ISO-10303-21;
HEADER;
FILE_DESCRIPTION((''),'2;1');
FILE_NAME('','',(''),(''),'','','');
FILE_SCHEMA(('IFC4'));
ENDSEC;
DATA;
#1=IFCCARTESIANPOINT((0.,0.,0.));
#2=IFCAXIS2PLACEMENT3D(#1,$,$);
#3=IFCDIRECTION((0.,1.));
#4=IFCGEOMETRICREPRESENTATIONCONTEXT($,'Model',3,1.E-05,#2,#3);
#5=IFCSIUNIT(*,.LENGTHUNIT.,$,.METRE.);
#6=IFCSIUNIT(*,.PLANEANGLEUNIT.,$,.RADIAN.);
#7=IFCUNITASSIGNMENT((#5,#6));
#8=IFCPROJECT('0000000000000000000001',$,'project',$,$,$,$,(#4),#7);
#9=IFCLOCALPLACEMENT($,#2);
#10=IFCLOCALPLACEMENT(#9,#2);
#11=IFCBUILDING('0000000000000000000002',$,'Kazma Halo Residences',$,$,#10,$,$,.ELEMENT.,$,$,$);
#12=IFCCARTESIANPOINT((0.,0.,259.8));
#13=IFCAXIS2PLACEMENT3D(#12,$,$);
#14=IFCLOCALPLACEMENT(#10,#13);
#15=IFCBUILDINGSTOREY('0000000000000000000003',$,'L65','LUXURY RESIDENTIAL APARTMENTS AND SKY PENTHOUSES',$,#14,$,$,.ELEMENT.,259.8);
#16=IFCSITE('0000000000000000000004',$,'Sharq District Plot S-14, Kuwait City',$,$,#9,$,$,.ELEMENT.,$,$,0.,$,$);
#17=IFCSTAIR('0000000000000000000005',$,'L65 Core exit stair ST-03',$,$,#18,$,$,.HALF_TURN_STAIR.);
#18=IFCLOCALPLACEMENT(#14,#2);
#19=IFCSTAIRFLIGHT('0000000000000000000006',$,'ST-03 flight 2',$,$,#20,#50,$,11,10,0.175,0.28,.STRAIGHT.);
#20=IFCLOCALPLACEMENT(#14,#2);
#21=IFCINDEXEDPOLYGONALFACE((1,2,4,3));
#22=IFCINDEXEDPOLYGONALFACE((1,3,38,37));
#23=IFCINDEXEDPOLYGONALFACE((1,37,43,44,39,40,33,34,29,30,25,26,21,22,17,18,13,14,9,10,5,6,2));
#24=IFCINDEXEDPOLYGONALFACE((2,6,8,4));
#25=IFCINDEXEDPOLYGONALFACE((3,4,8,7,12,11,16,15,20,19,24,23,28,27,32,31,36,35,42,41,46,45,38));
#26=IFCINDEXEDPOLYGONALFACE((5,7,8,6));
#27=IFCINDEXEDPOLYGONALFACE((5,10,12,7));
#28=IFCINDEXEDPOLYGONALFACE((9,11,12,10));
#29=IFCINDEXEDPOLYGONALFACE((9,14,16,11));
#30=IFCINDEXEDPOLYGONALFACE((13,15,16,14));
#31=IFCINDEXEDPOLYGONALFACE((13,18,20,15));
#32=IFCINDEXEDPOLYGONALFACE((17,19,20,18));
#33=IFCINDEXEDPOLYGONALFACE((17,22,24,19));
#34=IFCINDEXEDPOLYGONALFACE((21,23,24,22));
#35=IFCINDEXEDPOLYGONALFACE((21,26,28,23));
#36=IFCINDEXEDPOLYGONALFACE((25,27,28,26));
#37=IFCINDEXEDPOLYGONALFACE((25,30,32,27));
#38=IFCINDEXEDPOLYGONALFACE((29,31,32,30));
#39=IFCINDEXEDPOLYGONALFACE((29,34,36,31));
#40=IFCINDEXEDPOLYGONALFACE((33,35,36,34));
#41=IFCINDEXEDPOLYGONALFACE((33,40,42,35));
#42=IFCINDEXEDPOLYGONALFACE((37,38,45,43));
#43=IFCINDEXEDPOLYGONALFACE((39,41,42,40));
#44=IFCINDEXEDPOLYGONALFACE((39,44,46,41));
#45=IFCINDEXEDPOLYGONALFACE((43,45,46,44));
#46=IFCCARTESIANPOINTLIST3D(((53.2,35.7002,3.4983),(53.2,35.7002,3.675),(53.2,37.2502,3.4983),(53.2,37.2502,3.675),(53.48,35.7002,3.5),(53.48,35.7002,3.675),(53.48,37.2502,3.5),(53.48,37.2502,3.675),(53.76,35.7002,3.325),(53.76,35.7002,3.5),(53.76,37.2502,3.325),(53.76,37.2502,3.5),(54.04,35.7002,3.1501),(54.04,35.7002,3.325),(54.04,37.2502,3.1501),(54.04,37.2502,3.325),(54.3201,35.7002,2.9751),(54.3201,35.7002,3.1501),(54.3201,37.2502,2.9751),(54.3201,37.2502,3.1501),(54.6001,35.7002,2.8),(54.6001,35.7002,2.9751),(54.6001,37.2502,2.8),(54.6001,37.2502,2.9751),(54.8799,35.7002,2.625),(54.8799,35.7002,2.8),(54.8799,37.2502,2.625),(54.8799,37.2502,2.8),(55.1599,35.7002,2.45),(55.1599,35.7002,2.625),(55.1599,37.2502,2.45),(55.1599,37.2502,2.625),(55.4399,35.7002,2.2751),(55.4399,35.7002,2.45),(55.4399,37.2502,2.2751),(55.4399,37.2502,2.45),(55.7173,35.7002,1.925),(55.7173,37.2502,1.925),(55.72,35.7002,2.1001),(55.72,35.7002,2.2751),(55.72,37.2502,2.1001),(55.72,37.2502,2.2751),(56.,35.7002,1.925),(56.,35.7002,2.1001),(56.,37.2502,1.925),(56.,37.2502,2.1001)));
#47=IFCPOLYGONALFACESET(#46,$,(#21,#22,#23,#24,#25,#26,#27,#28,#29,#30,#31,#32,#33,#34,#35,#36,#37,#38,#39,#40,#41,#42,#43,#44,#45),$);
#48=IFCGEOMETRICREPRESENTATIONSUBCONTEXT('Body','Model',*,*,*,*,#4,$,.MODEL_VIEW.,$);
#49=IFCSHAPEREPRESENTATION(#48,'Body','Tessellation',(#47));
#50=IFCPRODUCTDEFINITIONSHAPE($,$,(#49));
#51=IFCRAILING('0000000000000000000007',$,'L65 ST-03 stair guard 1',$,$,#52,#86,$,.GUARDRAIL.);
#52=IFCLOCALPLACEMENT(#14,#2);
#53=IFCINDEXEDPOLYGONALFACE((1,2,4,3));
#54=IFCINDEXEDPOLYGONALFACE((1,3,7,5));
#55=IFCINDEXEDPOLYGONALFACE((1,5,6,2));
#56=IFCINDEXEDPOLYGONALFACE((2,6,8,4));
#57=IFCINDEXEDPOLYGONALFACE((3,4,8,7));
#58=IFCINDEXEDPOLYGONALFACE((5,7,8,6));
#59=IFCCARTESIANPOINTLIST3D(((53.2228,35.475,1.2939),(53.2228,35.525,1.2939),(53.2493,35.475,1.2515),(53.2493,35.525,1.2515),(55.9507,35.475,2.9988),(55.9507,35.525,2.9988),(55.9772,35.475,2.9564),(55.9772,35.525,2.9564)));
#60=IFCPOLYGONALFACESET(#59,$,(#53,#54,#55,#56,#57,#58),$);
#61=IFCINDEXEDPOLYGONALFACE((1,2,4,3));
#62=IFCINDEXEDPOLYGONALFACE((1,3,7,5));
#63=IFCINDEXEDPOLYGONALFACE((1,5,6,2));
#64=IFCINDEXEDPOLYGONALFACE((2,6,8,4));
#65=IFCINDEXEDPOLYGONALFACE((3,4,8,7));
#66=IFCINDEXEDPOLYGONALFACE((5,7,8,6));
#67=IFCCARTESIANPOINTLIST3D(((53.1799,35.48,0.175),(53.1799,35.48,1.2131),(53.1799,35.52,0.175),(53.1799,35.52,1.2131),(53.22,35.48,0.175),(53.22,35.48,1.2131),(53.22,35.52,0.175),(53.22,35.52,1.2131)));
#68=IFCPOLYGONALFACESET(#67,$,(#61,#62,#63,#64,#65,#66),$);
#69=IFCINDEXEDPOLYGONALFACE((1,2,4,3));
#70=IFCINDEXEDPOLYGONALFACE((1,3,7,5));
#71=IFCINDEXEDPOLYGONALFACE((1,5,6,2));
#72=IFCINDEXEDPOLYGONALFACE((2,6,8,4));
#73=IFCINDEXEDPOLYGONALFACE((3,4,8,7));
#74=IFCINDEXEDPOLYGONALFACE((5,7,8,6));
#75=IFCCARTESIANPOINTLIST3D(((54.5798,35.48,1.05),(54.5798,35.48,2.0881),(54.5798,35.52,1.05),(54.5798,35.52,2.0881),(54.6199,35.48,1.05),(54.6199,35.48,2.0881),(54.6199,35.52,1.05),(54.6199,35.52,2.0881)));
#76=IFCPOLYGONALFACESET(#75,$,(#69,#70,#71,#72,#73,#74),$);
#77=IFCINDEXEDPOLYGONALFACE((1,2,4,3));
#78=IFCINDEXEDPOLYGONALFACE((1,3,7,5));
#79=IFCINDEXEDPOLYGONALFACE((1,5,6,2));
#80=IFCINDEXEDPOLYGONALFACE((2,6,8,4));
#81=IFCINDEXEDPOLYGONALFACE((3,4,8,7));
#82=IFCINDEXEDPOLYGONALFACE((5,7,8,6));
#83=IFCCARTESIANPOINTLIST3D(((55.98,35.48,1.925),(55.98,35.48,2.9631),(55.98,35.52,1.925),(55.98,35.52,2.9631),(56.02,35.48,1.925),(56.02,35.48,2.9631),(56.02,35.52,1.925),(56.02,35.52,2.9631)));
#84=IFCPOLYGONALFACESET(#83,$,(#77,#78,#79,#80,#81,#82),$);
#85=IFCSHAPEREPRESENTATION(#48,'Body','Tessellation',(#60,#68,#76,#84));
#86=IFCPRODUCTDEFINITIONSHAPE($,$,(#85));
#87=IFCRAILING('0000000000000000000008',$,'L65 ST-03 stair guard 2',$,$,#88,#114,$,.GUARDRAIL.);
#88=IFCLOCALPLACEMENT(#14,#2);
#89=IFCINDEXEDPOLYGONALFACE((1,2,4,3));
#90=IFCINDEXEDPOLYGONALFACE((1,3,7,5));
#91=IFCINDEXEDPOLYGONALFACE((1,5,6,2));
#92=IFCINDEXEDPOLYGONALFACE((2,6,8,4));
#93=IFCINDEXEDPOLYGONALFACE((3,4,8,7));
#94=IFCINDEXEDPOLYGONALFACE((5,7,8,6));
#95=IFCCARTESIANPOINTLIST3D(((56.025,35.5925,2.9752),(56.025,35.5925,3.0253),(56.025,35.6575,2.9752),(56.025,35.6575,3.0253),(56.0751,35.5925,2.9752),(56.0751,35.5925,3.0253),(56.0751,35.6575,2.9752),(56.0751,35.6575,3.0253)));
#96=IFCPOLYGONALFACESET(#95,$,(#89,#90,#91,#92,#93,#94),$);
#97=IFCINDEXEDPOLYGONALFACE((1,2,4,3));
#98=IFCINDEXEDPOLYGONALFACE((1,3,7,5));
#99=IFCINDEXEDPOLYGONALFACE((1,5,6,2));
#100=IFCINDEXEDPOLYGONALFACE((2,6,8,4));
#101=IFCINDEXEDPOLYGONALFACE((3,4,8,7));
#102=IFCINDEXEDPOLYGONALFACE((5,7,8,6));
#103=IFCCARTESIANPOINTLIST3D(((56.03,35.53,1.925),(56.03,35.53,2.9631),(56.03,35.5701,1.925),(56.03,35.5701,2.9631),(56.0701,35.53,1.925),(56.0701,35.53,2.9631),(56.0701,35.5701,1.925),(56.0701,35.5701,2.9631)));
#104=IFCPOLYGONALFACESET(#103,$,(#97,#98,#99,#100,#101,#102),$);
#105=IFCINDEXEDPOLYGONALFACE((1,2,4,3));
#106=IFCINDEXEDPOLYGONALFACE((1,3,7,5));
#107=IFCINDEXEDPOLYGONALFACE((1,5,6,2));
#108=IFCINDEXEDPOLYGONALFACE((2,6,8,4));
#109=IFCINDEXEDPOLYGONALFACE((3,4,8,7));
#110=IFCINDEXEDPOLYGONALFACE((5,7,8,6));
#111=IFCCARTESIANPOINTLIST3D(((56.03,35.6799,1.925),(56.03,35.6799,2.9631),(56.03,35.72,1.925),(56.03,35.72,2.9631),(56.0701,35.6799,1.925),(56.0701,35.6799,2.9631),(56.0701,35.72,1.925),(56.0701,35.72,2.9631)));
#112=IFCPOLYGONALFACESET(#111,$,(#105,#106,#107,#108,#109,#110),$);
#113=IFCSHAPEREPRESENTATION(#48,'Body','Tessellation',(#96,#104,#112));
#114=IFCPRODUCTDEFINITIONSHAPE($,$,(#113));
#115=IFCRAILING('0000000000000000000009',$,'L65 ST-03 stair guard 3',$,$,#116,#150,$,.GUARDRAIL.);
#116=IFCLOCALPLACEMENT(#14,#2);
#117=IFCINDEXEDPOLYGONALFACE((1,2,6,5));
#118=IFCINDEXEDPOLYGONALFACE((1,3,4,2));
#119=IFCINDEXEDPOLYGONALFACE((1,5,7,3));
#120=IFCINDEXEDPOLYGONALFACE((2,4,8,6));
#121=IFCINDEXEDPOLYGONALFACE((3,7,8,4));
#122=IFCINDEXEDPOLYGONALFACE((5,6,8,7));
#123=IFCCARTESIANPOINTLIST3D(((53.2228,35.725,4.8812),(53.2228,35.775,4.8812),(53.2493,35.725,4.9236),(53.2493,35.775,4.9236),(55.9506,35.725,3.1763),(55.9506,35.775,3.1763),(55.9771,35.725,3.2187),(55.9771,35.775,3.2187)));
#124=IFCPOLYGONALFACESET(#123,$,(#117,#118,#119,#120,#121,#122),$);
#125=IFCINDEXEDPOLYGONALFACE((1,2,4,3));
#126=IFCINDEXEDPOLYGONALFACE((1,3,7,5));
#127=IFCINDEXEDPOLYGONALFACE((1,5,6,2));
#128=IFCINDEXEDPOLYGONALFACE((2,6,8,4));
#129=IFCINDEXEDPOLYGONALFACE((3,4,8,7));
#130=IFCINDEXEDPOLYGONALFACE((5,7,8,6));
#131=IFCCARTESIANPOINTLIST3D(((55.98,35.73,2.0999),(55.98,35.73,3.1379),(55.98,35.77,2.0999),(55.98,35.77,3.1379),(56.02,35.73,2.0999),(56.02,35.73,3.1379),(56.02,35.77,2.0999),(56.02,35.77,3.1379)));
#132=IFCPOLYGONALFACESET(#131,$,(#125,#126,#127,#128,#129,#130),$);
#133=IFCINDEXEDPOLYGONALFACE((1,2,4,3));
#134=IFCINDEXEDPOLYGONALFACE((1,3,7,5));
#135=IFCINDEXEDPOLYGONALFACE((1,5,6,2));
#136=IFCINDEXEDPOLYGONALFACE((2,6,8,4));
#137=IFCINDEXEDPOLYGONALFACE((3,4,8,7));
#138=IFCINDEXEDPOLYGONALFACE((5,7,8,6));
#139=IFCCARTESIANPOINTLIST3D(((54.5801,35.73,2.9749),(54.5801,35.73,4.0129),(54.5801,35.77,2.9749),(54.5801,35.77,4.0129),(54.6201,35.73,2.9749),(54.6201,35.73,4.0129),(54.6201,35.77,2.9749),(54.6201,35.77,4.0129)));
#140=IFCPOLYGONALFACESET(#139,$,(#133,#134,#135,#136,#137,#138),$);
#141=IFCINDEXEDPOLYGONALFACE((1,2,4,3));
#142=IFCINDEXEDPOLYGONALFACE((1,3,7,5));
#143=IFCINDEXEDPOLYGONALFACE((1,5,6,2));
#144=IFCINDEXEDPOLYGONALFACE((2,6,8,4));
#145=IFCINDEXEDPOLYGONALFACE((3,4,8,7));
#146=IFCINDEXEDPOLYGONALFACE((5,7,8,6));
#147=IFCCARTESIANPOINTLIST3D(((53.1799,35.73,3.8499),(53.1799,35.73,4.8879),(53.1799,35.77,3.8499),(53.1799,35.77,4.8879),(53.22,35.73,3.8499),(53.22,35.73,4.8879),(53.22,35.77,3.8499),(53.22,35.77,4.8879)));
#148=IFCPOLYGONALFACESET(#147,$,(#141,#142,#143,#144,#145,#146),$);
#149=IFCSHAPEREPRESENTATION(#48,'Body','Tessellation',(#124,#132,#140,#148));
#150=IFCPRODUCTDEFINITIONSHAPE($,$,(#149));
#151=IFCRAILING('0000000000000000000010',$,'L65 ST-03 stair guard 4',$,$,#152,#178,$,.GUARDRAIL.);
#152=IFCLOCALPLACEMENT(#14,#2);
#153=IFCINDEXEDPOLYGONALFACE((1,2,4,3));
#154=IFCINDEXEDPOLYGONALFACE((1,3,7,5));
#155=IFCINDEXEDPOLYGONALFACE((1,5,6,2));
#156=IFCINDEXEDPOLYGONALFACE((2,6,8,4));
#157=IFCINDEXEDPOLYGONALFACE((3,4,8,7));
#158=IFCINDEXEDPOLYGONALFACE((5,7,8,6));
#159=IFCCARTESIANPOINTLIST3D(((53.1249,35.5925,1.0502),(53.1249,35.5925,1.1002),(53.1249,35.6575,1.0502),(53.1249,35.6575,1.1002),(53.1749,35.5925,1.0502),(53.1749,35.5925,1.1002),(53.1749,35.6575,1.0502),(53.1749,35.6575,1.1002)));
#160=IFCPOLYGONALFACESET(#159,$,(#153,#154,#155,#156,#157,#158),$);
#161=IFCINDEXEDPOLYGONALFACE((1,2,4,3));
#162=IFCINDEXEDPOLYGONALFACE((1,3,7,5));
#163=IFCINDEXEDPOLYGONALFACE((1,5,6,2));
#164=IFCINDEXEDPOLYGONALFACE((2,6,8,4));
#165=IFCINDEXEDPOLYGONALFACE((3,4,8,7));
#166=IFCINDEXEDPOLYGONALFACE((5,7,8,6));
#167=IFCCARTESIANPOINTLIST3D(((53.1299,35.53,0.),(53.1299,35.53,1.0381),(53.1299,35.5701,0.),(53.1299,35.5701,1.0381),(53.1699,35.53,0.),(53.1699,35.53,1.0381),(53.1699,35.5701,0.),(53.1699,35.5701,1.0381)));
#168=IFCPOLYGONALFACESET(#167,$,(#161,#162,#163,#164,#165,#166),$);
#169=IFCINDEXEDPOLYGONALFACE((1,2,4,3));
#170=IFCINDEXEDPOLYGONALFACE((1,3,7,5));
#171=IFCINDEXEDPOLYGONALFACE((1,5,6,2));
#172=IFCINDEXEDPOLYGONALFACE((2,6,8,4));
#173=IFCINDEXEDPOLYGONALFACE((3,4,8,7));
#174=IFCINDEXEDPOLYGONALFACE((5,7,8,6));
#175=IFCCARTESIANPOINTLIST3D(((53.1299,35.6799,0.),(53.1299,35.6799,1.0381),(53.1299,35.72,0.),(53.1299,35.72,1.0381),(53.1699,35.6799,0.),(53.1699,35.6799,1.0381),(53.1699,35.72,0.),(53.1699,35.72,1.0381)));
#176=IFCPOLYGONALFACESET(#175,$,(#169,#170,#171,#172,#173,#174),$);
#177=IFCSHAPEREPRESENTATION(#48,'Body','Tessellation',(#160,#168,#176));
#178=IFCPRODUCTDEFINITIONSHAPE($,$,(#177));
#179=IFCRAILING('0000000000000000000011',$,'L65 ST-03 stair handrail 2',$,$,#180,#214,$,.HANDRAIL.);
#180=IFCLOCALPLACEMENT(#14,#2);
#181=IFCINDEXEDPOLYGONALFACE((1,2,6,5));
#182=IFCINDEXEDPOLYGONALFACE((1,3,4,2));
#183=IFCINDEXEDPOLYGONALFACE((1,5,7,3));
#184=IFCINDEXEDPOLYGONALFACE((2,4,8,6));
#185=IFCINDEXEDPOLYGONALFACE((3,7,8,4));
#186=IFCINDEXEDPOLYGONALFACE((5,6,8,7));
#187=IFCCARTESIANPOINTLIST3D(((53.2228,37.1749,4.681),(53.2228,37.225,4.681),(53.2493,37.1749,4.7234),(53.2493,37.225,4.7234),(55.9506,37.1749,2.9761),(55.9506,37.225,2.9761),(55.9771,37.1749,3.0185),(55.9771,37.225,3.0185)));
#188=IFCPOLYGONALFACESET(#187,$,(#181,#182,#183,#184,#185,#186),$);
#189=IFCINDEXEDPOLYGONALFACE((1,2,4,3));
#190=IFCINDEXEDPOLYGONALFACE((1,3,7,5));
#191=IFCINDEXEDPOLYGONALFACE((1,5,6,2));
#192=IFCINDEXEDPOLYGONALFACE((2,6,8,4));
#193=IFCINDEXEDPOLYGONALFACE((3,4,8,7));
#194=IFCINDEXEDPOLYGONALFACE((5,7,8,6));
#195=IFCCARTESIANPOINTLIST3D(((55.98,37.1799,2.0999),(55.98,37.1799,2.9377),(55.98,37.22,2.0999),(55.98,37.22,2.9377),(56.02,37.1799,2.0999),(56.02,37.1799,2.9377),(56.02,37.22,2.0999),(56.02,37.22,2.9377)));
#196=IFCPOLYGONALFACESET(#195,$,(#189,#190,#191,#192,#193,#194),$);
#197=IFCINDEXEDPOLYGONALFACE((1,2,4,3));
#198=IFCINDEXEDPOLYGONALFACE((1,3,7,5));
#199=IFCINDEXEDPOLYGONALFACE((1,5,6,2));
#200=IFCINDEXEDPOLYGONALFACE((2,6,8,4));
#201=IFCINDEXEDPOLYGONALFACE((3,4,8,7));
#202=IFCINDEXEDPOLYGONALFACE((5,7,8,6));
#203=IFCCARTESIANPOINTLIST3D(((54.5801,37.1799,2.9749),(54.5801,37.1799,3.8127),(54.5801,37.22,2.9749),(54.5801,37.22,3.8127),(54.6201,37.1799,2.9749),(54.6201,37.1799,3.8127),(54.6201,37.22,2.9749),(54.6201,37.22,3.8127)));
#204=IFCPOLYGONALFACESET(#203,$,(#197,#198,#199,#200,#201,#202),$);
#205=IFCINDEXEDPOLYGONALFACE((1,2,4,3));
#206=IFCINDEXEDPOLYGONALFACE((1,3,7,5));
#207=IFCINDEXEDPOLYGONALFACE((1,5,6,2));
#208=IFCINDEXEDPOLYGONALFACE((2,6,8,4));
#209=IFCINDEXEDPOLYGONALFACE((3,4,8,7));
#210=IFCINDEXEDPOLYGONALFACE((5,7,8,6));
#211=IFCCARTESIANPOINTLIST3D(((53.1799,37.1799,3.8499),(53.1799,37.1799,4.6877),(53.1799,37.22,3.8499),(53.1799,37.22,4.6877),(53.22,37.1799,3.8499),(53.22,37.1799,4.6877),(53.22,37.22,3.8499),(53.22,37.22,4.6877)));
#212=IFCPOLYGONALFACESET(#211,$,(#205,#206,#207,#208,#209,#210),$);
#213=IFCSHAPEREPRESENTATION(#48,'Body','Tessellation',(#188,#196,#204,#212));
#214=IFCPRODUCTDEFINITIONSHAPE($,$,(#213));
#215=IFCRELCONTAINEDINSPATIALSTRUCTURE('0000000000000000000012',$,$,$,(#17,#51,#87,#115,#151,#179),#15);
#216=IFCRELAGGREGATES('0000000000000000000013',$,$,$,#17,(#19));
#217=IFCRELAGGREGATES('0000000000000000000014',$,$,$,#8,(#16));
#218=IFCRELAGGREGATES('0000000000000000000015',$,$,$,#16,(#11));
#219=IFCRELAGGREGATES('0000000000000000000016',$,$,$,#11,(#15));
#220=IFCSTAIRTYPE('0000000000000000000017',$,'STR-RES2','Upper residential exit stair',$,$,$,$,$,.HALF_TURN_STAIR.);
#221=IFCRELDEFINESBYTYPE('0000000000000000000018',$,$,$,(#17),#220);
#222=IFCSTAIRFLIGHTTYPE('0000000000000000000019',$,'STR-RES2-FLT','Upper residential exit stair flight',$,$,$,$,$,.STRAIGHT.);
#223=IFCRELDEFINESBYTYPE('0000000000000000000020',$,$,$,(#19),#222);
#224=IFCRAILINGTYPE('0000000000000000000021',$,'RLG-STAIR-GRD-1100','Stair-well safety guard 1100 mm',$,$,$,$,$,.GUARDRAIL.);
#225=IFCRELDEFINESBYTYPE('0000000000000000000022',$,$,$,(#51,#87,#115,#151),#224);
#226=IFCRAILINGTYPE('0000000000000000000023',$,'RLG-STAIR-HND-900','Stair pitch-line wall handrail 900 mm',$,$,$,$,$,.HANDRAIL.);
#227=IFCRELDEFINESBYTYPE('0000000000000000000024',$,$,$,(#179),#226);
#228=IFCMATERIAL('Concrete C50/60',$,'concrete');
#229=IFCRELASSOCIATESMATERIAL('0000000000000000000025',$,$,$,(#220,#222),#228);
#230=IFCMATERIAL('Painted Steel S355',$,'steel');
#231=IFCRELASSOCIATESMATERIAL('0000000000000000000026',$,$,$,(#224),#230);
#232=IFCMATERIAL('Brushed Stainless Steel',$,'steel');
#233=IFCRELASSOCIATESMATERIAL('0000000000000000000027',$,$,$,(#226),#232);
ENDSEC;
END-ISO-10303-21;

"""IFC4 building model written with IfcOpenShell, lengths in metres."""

from ifc_helpers import new_model, si_unit, direction, frame, origin, origin_2d, place, context, subcontext, project, spatial, polyline, rectangle, outline, extrude, material, type_object, element, aggregate, save


model = new_model("IFC4")

# Units and contexts
model_context = context("Model", 3, precision=1e-05, world=origin(), true_north=direction((0.0, 1.0)))
body_context = subcontext(model_context, "Body", "Model", "MODEL_VIEW")
ifc_project = project(units=[si_unit("LENGTHUNIT", "METRE"), si_unit("PLANEANGLEUNIT", "RADIAN")], contexts=[model_context])

# Site, building, storey
site_placement = place(None, origin())
site = spatial("IfcSite", under=ifc_project, at=site_placement, Name="Sharq District Plot S-14, Kuwait City", CompositionType="ELEMENT", RefElevation=0.0)
building_placement = place(site_placement, origin())
building = spatial("IfcBuilding", under=site, at=building_placement, Name="Kazma Halo Residences", CompositionType="ELEMENT")
storey_placement = place(building_placement, frame((0.0, 0.0, 259.8)))
storey = spatial("IfcBuildingStorey", under=building, at=storey_placement, Name="L65", Description="LUXURY RESIDENTIAL APARTMENTS AND SKY PENTHOUSES", CompositionType="ELEMENT", Elevation=259.8)

# Shared definitions
ifc_material_1 = material(Name="Concrete C50/60", Category="concrete")

# Stair, stair flight
stair_type = type_object("IfcStairType", Name="STR-RES2", Description="Upper residential exit stair", PredefinedType="HALF_TURN_STAIR", material=ifc_material_1)
stair_placement = place(storey_placement, origin())
stair = element("IfcStair", 1, at=stair_placement, inside=storey, type_object=stair_type, Name="L65 Core exit stair ST-03", PredefinedType="HALF_TURN_STAIR")
stair_flight_type = type_object("IfcStairFlightType", Name="STR-RES2-FLT", Description="Upper residential exit stair flight", PredefinedType="STRAIGHT", material=ifc_material_1)
stair_flight_1_placement = place(storey_placement, frame((56.0, 36.4751, 1.925), z_axis=(0.0, 0.0, 1.0), x_axis=(-1.0, 0.0, 0.0)))
stair_flight_1 = element("IfcStairFlight", 2, at=stair_flight_1_placement, type_object=stair_flight_type, Name="ST-03 flight 2", NumberOfRisers=11, NumberOfTreads=10, PredefinedType="STRAIGHT", RiserHeight=0.175, TreadLength=0.28, context=body_context, shape_type="SweptSolid", body=[
    extrude(outline(polyline([(0.0, 0.0), (0.0, 0.175), (0.28, 0.175), (0.28, 0.3501), (0.5601, 0.3501), (0.5601, 0.5249), (0.8401, 0.5249), (0.8401, 0.7), (1.1201, 0.7), (1.1201, 0.875), (1.3999, 0.875), (1.3999, 1.05), (1.6799, 1.05), (1.6799, 1.2251), (1.96, 1.2251), (1.96, 1.3999), (2.24, 1.3999), (2.24, 1.575), (2.52, 1.575), (2.52, 1.75), (2.8, 1.75), (2.8, 1.925), (2.8, 1.5732), (0.2827, 0.0), (0.0, 0.0)])), frame((0.0, 0.7749, 0.0), z_axis=(0.0, -1.0, 0.0), x_axis=(1.0, 0.0, 0.0)), (0.0, 0.0, 1.0), 1.55),
])
aggregate(stair, [stair_flight_1])

# Railings
ifc_material_2 = material(Name="Painted Steel S355", Category="steel")
railing_type_1 = type_object("IfcRailingType", Name="RLG-STAIR-GRD-1100", Description="Stair-well safety guard 1100 mm", PredefinedType="GUARDRAIL", material=ifc_material_2)
railing_1_placement = place(storey_placement, frame((53.2, 35.5, 0.175)))
element("IfcRailing", 3, at=railing_1_placement, inside=storey, type_object=railing_type_1, Name="L65 ST-03 stair guard 1", PredefinedType="GUARDRAIL", context=body_context, shape_type="SweptSolid", body=[
    extrude(rectangle(XDim=0.05, YDim=0.05, at=origin_2d()), frame((0.0361, 0.0, 1.0977), z_axis=(0.848002, 0.0, 0.529992), x_axis=(0.0, 1.0, 0.0)), (0.0, 0.0, 1.0), 3.2168),
    extrude(rectangle(XDim=0.04, YDim=0.04, at=origin_2d()), origin(), (0.0, 0.0, 1.0), 1.0381),
    extrude(rectangle(XDim=0.04, YDim=0.04, at=origin_2d()), frame((1.3999, 0.0, 0.875)), (0.0, 0.0, 1.0), 1.0381),
    extrude(rectangle(XDim=0.04, YDim=0.04, at=origin_2d()), frame((2.8, 0.0, 1.75)), (0.0, 0.0, 1.0), 1.0381),
])
railing_2_placement = place(storey_placement, frame((56.05, 35.55, 1.925)))
element("IfcRailing", 4, at=railing_2_placement, inside=storey, type_object=railing_type_1, Name="L65 ST-03 stair guard 2", PredefinedType="GUARDRAIL", context=body_context, shape_type="SweptSolid", body=[
    extrude(rectangle(XDim=0.05, YDim=0.05, at=origin_2d()), frame((0.0, 0.0425, 1.0752), z_axis=(0.0, 1.0, 0.0), x_axis=(-1.0, 0.0, 0.0)), (0.0, 0.0, 1.0), 0.0649),
    extrude(rectangle(XDim=0.04, YDim=0.04, at=origin_2d()), origin(), (0.0, 0.0, 1.0), 1.0381),
    extrude(rectangle(XDim=0.04, YDim=0.04, at=origin_2d()), frame((0.0, 0.1499, 0.0)), (0.0, 0.0, 1.0), 1.0381),
])
railing_3_placement = place(storey_placement, frame((56.0, 35.75, 2.0999)))
element("IfcRailing", 5, at=railing_3_placement, inside=storey, type_object=railing_type_1, Name="L65 ST-03 stair guard 3", PredefinedType="GUARDRAIL", context=body_context, shape_type="SweptSolid", body=[
    extrude(rectangle(XDim=0.05, YDim=0.05, at=origin_2d()), frame((-0.0361, 0.0, 1.0977), z_axis=(-0.848002, 0.0, 0.529992), x_axis=(0.0, -1.0, 0.0)), (0.0, 0.0, 1.0), 3.2168),
    extrude(rectangle(XDim=0.04, YDim=0.04, at=origin_2d()), origin(), (0.0, 0.0, 1.0), 1.0381),
    extrude(rectangle(XDim=0.04, YDim=0.04, at=origin_2d()), frame((-1.3999, 0.0, 0.875)), (0.0, 0.0, 1.0), 1.0381),
    extrude(rectangle(XDim=0.04, YDim=0.04, at=origin_2d()), frame((-2.8, 0.0, 1.75)), (0.0, 0.0, 1.0), 1.0381),
])
railing_4_placement = place(storey_placement, frame((53.1499, 35.55, 0.0)))
element("IfcRailing", 6, at=railing_4_placement, inside=storey, type_object=railing_type_1, Name="L65 ST-03 stair guard 4", PredefinedType="GUARDRAIL", context=body_context, shape_type="SweptSolid", body=[
    extrude(rectangle(XDim=0.05, YDim=0.05, at=origin_2d()), frame((0.0, 0.0425, 1.0752), z_axis=(0.0, 1.0, 0.0), x_axis=(-1.0, 0.0, 0.0)), (0.0, 0.0, 1.0), 0.0649),
    extrude(rectangle(XDim=0.04, YDim=0.04, at=origin_2d()), origin(), (0.0, 0.0, 1.0), 1.0381),
    extrude(rectangle(XDim=0.04, YDim=0.04, at=origin_2d()), frame((0.0, 0.1499, 0.0)), (0.0, 0.0, 1.0), 1.0381),
])
ifc_material_3 = material(Name="Brushed Stainless Steel", Category="steel")
railing_type_2 = type_object("IfcRailingType", Name="RLG-STAIR-HND-900", Description="Stair pitch-line wall handrail 900 mm", PredefinedType="HANDRAIL", material=ifc_material_3)
railing_5_placement = place(storey_placement, frame((56.0, 37.2, 2.0999)))
element("IfcRailing", 7, at=railing_5_placement, inside=storey, type_object=railing_type_2, Name="L65 ST-03 stair handrail 2", PredefinedType="HANDRAIL", context=body_context, shape_type="SweptSolid", body=[
    extrude(rectangle(XDim=0.05, YDim=0.05, at=origin_2d()), frame((-0.0361, 0.0, 0.8975), z_axis=(-0.848002, 0.0, 0.529992), x_axis=(0.0, -1.0, 0.0)), (0.0, 0.0, 1.0), 3.2168),
    extrude(rectangle(XDim=0.04, YDim=0.04, at=origin_2d()), origin(), (0.0, 0.0, 1.0), 0.8379),
    extrude(rectangle(XDim=0.04, YDim=0.04, at=origin_2d()), frame((-1.3999, 0.0, 0.875)), (0.0, 0.0, 1.0), 0.8379),
    extrude(rectangle(XDim=0.04, YDim=0.04, at=origin_2d()), frame((-2.8, 0.0, 1.75)), (0.0, 0.0, 1.0), 0.8379),
])

save(model, "model.ifc")
